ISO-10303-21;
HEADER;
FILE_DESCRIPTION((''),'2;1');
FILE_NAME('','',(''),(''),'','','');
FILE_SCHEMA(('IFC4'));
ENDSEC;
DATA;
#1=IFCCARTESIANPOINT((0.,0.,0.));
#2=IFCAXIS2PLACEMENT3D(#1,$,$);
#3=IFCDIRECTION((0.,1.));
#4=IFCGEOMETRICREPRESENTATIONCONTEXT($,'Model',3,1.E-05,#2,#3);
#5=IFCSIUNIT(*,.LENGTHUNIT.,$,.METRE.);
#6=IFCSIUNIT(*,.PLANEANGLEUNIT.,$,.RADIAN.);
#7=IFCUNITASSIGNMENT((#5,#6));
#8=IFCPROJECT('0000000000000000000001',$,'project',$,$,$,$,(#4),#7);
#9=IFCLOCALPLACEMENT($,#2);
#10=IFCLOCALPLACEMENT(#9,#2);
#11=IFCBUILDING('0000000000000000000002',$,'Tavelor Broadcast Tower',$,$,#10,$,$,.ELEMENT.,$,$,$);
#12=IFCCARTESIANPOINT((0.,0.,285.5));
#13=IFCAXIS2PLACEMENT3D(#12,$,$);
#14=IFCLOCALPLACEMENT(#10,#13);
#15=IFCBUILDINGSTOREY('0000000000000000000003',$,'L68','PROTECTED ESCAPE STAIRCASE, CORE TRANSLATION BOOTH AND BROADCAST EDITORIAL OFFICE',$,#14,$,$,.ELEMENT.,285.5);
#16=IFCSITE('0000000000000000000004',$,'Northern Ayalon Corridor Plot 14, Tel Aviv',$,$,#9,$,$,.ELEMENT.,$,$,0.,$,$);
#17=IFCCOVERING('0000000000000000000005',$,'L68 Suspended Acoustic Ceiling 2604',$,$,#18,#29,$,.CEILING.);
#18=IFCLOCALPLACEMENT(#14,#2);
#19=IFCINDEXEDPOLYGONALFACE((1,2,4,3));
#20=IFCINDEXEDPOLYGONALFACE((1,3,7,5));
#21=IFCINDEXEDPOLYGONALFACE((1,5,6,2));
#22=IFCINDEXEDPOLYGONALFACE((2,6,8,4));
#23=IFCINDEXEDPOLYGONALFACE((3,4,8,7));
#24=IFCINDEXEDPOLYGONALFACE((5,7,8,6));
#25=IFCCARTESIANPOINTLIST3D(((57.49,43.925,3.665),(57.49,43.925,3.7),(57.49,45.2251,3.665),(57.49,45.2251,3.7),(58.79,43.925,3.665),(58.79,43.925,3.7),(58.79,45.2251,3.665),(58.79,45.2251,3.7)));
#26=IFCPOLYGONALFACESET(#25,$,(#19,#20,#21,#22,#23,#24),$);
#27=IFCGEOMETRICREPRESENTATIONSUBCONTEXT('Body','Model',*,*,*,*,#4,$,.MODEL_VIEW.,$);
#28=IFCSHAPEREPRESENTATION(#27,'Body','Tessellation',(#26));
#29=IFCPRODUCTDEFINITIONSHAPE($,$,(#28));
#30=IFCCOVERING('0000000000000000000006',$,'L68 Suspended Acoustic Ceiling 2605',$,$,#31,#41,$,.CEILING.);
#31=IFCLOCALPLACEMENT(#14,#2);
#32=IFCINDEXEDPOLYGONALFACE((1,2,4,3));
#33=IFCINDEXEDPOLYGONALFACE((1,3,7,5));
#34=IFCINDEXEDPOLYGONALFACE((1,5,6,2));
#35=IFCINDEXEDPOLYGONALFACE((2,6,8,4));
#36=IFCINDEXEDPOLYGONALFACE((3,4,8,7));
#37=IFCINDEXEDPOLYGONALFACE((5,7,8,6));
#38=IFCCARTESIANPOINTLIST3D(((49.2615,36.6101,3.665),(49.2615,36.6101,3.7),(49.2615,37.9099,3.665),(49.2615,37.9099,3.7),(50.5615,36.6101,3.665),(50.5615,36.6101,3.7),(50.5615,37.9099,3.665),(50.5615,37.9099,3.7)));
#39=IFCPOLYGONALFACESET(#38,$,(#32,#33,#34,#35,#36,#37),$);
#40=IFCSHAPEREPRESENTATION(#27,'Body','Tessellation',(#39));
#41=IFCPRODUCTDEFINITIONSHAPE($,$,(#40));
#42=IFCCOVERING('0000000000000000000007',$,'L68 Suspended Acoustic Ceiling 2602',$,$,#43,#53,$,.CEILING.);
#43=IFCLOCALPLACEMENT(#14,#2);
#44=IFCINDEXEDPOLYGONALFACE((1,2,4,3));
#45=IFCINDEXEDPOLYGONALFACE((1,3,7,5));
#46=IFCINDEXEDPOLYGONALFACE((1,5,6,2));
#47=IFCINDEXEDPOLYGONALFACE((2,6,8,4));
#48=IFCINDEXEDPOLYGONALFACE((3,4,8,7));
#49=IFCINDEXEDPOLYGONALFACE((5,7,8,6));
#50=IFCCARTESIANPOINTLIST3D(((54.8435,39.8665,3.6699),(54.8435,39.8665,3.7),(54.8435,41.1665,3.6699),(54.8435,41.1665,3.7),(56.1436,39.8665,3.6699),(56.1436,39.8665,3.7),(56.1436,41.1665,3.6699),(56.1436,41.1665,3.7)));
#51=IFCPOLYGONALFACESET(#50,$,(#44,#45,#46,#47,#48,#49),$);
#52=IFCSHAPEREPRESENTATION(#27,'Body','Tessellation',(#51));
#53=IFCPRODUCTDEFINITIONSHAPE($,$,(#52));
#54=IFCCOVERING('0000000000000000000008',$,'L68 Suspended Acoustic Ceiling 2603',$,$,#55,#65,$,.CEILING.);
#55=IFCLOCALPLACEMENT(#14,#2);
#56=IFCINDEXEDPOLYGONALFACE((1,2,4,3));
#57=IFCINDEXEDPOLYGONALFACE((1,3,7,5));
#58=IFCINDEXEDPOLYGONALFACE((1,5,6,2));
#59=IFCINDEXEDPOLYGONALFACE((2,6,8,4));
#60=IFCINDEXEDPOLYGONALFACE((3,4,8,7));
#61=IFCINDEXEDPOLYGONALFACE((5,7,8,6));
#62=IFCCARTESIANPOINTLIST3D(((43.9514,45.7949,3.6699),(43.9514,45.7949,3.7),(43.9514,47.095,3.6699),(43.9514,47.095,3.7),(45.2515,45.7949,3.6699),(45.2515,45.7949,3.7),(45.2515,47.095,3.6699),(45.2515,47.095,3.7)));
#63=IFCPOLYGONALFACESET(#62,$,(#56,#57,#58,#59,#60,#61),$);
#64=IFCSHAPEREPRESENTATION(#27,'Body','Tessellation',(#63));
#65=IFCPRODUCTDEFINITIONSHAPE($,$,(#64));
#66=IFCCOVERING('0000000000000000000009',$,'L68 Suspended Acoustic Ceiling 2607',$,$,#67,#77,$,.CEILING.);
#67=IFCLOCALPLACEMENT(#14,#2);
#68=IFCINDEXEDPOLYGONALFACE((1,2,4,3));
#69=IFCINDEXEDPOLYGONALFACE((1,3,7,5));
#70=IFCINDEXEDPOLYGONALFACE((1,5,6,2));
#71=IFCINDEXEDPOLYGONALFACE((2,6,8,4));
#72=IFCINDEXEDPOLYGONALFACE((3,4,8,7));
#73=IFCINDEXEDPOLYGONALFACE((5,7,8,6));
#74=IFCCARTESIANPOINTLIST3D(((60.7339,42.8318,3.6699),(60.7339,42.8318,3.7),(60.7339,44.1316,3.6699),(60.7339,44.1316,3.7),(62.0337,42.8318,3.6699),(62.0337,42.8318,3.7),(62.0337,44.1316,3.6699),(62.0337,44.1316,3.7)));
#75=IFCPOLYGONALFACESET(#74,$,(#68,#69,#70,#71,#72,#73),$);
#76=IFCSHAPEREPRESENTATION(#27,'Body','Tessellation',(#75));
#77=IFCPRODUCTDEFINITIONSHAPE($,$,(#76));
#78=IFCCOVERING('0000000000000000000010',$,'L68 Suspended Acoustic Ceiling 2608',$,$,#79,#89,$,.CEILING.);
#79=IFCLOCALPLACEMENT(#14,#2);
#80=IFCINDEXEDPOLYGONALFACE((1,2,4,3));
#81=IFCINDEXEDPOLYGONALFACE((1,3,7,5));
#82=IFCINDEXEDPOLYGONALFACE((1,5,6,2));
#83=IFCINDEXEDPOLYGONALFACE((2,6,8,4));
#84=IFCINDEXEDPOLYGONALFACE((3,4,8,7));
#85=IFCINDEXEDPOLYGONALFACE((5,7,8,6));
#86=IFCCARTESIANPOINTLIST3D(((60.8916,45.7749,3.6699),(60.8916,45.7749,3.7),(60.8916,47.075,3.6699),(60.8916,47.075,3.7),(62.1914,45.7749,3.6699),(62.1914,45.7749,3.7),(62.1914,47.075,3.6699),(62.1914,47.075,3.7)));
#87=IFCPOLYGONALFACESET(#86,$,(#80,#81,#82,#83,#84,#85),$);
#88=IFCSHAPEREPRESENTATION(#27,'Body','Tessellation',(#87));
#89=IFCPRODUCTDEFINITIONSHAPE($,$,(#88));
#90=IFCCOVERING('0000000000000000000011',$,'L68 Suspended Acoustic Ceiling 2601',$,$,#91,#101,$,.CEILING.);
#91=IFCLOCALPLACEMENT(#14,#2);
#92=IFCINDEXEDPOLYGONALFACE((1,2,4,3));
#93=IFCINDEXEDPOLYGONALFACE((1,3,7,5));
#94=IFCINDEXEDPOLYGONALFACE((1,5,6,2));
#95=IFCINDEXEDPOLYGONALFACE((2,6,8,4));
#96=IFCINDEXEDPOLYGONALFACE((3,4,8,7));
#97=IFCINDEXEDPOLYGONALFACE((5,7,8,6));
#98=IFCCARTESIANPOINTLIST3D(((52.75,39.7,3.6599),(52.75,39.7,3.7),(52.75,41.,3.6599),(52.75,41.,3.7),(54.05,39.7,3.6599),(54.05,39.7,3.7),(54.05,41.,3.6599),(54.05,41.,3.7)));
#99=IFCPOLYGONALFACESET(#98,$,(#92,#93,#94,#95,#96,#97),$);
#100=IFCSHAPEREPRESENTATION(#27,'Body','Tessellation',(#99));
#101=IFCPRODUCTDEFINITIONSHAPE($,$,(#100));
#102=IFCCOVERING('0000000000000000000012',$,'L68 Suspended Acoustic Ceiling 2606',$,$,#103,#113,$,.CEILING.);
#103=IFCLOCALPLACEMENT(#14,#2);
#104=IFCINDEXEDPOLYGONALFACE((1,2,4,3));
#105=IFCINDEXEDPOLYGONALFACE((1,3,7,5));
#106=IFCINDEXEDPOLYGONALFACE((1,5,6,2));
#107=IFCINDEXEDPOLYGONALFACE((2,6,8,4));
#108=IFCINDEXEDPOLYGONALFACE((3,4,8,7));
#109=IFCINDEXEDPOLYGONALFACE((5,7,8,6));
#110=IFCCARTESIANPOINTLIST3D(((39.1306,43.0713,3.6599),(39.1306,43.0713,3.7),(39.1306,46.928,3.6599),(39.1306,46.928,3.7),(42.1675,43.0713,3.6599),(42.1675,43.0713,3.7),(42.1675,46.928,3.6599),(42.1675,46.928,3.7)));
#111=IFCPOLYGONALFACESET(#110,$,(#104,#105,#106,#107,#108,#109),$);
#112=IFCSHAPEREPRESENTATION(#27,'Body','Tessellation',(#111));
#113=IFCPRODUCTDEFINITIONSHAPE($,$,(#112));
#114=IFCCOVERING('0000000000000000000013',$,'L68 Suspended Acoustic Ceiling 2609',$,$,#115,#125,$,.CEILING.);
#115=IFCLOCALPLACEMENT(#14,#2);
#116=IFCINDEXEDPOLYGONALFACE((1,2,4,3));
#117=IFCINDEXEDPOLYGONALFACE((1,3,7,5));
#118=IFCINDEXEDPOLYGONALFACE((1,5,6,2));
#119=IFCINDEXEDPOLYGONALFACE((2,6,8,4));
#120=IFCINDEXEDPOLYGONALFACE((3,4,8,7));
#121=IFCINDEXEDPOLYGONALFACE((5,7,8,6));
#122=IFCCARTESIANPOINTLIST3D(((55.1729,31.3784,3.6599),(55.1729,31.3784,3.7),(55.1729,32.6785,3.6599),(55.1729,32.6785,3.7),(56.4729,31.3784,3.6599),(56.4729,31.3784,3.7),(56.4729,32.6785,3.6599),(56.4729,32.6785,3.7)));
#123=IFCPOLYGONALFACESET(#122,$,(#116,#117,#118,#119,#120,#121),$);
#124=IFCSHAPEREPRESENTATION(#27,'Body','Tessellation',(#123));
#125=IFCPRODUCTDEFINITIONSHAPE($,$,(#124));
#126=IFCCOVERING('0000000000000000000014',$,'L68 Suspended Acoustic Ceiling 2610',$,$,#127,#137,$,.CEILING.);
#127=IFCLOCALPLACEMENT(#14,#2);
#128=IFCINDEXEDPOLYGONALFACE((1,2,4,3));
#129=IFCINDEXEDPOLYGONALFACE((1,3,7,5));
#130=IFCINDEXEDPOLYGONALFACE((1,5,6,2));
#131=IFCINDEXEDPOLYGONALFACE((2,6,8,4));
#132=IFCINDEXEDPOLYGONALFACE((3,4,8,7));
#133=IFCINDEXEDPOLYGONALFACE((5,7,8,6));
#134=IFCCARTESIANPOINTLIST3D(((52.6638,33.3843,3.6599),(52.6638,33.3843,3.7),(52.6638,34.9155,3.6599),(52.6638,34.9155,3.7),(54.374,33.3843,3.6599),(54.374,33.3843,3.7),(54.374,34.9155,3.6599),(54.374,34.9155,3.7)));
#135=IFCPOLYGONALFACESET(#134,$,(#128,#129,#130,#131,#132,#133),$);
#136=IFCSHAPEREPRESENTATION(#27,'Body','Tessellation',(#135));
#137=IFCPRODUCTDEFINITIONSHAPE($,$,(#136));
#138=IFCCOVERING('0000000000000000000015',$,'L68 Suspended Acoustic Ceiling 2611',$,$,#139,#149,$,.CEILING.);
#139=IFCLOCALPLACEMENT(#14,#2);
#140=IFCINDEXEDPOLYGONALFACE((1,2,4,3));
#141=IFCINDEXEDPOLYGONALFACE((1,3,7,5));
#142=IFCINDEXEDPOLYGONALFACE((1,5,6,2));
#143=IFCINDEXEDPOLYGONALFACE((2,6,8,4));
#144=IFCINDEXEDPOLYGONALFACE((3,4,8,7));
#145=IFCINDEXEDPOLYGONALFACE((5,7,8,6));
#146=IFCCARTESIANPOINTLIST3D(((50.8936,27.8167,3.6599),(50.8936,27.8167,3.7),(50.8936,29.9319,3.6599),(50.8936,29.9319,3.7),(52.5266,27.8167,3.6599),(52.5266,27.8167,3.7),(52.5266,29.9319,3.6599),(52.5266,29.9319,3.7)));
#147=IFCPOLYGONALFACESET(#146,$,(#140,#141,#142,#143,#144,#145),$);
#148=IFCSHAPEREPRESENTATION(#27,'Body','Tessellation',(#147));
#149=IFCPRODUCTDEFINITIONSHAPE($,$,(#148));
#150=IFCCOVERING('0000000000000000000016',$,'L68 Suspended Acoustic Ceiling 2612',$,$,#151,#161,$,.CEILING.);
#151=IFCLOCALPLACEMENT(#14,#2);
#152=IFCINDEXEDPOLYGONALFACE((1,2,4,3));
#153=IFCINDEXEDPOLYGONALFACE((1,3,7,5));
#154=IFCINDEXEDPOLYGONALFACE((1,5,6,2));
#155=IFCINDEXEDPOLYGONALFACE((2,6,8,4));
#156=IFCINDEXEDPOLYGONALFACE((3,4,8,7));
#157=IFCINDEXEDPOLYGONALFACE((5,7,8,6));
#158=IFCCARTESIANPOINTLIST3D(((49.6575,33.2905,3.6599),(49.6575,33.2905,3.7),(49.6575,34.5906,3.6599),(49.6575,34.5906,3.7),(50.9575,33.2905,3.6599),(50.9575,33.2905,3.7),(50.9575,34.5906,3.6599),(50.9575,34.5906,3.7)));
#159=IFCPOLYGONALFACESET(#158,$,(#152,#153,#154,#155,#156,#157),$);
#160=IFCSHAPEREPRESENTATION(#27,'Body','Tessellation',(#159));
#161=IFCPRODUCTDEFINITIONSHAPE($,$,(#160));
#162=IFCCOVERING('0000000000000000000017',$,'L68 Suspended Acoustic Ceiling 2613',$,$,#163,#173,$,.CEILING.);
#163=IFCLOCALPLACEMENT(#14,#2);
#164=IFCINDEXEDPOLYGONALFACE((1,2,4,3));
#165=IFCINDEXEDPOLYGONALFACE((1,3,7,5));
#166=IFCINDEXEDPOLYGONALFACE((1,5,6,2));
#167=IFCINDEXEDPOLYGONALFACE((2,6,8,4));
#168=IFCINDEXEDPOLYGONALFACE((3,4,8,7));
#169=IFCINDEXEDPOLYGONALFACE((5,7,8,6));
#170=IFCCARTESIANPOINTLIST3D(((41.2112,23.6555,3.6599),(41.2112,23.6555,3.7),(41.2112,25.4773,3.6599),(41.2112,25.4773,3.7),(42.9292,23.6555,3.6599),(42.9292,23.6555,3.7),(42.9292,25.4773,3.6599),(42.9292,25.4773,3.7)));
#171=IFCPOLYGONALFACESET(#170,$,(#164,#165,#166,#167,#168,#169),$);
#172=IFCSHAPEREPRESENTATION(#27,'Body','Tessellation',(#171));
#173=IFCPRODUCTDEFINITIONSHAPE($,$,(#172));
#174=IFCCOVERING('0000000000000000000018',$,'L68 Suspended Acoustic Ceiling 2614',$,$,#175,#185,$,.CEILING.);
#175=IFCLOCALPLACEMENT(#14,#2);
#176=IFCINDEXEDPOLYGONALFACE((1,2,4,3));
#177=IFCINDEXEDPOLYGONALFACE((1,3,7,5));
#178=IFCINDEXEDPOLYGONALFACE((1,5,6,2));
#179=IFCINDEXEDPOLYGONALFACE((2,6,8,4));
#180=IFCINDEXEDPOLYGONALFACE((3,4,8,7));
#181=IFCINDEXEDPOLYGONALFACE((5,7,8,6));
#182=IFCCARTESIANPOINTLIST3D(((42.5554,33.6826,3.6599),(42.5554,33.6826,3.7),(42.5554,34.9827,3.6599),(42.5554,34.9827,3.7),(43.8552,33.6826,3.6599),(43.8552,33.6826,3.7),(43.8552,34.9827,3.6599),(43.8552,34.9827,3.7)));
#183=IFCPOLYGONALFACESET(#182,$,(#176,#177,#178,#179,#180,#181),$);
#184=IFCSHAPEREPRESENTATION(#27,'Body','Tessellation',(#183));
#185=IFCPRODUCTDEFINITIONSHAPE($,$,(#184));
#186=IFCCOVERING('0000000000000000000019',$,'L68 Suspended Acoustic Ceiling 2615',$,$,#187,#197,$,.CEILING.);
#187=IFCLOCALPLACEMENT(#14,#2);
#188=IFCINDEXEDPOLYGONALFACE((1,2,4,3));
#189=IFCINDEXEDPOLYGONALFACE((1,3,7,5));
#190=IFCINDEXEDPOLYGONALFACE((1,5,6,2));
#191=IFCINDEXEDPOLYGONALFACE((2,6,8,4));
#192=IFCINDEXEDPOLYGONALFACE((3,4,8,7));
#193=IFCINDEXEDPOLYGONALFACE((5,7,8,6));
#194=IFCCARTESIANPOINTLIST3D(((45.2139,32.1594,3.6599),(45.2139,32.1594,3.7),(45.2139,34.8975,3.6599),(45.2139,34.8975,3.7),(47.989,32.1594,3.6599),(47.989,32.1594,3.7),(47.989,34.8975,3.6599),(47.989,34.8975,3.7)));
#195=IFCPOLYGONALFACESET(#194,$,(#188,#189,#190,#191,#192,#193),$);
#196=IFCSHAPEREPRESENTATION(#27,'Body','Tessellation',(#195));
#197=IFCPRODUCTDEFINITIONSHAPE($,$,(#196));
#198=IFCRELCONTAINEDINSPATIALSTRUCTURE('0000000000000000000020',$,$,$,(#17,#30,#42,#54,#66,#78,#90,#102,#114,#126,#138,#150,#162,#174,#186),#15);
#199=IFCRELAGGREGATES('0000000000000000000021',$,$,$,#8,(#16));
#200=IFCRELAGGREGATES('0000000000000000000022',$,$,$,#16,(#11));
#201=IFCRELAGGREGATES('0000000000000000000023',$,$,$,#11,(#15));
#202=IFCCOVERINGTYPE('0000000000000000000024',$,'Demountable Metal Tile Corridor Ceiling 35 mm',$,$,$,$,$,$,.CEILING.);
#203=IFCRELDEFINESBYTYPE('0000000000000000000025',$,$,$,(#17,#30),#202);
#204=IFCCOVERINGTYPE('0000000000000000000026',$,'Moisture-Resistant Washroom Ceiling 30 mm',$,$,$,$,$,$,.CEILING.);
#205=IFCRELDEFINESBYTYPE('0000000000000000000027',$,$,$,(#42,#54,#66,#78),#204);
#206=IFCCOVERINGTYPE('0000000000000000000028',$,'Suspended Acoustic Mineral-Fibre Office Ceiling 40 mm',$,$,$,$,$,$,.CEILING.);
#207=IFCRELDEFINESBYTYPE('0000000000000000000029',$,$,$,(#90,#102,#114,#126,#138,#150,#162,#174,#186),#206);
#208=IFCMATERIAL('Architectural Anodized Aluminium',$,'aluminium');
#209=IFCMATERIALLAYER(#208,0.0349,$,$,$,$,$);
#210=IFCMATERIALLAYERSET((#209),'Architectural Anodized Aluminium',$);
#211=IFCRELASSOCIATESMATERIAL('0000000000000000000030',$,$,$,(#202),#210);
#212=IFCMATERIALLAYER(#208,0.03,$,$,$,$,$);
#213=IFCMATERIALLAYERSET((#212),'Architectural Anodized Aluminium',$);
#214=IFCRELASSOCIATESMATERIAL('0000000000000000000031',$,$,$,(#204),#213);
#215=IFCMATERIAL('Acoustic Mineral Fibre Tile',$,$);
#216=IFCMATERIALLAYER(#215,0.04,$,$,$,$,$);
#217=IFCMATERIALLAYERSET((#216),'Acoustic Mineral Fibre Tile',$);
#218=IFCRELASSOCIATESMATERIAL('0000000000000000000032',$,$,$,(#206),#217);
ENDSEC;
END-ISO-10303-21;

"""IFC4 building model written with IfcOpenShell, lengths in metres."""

from ifc_helpers import new_model, si_unit, direction, frame, origin, place, context, subcontext, project, spatial, polyline, outline, extrude, material, layer, layer_set, type_object, element, save


model = new_model("IFC4")

# Units and contexts
model_context = context("Model", 3, precision=1e-05, world=origin(), true_north=direction((0.0, 1.0)))
body_context = subcontext(model_context, "Body", "Model", "MODEL_VIEW")
ifc_project = project(units=[si_unit("LENGTHUNIT", "METRE"), si_unit("PLANEANGLEUNIT", "RADIAN")], contexts=[model_context])

# Site, building, storey
site_placement = place(None, origin())
site = spatial("IfcSite", under=ifc_project, at=site_placement, Name="Northern Ayalon Corridor Plot 14, Tel Aviv", CompositionType="ELEMENT", RefElevation=0.0)
building_placement = place(site_placement, origin())
building = spatial("IfcBuilding", under=site, at=building_placement, Name="Tavelor Broadcast Tower", CompositionType="ELEMENT")
storey_placement = place(building_placement, frame((0.0, 0.0, 285.5)))
storey = spatial("IfcBuildingStorey", under=building, at=storey_placement, Name="L68", Description="PROTECTED ESCAPE STAIRCASE, CORE TRANSLATION BOOTH AND BROADCAST EDITORIAL OFFICE", CompositionType="ELEMENT", Elevation=285.5)

# Coverings
ifc_material_1 = material(Name="Architectural Anodized Aluminium", Category="aluminium")
ifc_layer_1 = layer(ifc_material_1, 0.0349)
ifc_layer_set_1 = layer_set([ifc_layer_1], Name="Architectural Anodized Aluminium")
covering_type_1 = type_object("IfcCoveringType", Name="Demountable Metal Tile Corridor Ceiling 35 mm", PredefinedType="CEILING", material=ifc_layer_set_1)
covering_1_placement = place(storey_placement, frame((0.0, 0.0, 3.665)))
element("IfcCovering", 1, at=covering_1_placement, inside=storey, type_object=covering_type_1, Name="L68 Suspended Acoustic Ceiling 2604", PredefinedType="CEILING", context=body_context, shape_type="SweptSolid", body=[
    extrude(outline(polyline([(57.49, 43.925), (58.79, 43.925), (58.79, 45.2251), (57.49, 45.2251), (57.49, 43.925)])), origin(), (0.0, 0.0, 1.0), 0.0349),
])
covering_2_placement = place(storey_placement, frame((0.0, 0.0, 3.665)))
element("IfcCovering", 2, at=covering_2_placement, inside=storey, type_object=covering_type_1, Name="L68 Suspended Acoustic Ceiling 2605", PredefinedType="CEILING", context=body_context, shape_type="SweptSolid", body=[
    extrude(outline(polyline([(49.2615, 36.6101), (50.5615, 36.6101), (50.5615, 37.9099), (49.2615, 37.9099), (49.2615, 36.6101)])), origin(), (0.0, 0.0, 1.0), 0.0349),
])
ifc_layer_2 = layer(ifc_material_1, 0.03)
ifc_layer_set_2 = layer_set([ifc_layer_2], Name="Architectural Anodized Aluminium")
covering_type_2 = type_object("IfcCoveringType", Name="Moisture-Resistant Washroom Ceiling 30 mm", PredefinedType="CEILING", material=ifc_layer_set_2)
covering_3_placement = place(storey_placement, frame((0.0, 0.0, 3.6699)))
element("IfcCovering", 3, at=covering_3_placement, inside=storey, type_object=covering_type_2, Name="L68 Suspended Acoustic Ceiling 2602", PredefinedType="CEILING", context=body_context, shape_type="SweptSolid", body=[
    extrude(outline(polyline([(54.8435, 39.8665), (56.1436, 39.8665), (56.1436, 41.1665), (54.8435, 41.1665), (54.8435, 39.8665)])), origin(), (0.0, 0.0, 1.0), 0.03),
])
covering_4_placement = place(storey_placement, frame((0.0, 0.0, 3.6699)))
element("IfcCovering", 4, at=covering_4_placement, inside=storey, type_object=covering_type_2, Name="L68 Suspended Acoustic Ceiling 2603", PredefinedType="CEILING", context=body_context, shape_type="SweptSolid", body=[
    extrude(outline(polyline([(43.9514, 45.7949), (45.2515, 45.7949), (45.2515, 47.095), (43.9514, 47.095), (43.9514, 45.7949)])), origin(), (0.0, 0.0, 1.0), 0.03),
])
covering_5_placement = place(storey_placement, frame((0.0, 0.0, 3.6699)))
element("IfcCovering", 5, at=covering_5_placement, inside=storey, type_object=covering_type_2, Name="L68 Suspended Acoustic Ceiling 2607", PredefinedType="CEILING", context=body_context, shape_type="SweptSolid", body=[
    extrude(outline(polyline([(60.7339, 42.8318), (62.0337, 42.8318), (62.0337, 44.1316), (60.7339, 44.1316), (60.7339, 42.8318)])), origin(), (0.0, 0.0, 1.0), 0.03),
])
covering_6_placement = place(storey_placement, frame((0.0, 0.0, 3.6699)))
element("IfcCovering", 6, at=covering_6_placement, inside=storey, type_object=covering_type_2, Name="L68 Suspended Acoustic Ceiling 2608", PredefinedType="CEILING", context=body_context, shape_type="SweptSolid", body=[
    extrude(outline(polyline([(60.8916, 45.7749), (62.1914, 45.7749), (62.1914, 47.075), (60.8916, 47.075), (60.8916, 45.7749)])), origin(), (0.0, 0.0, 1.0), 0.03),
])
ifc_material_2 = material(Name="Acoustic Mineral Fibre Tile")
ifc_layer_3 = layer(ifc_material_2, 0.04)
ifc_layer_set_3 = layer_set([ifc_layer_3], Name="Acoustic Mineral Fibre Tile")
covering_type_3 = type_object("IfcCoveringType", Name="Suspended Acoustic Mineral-Fibre Office Ceiling 40 mm", PredefinedType="CEILING", material=ifc_layer_set_3)
covering_7_placement = place(storey_placement, frame((0.0, 0.0, 3.6599)))
element("IfcCovering", 7, at=covering_7_placement, inside=storey, type_object=covering_type_3, Name="L68 Suspended Acoustic Ceiling 2601", PredefinedType="CEILING", context=body_context, shape_type="SweptSolid", body=[
    extrude(outline(polyline([(52.75, 39.7), (54.05, 39.7), (54.05, 41.0), (52.75, 41.0), (52.75, 39.7)])), origin(), (0.0, 0.0, 1.0), 0.04),
])
covering_8_placement = place(storey_placement, frame((0.0, 0.0, 3.6599)))
element("IfcCovering", 8, at=covering_8_placement, inside=storey, type_object=covering_type_3, Name="L68 Suspended Acoustic Ceiling 2606", PredefinedType="CEILING", context=body_context, shape_type="SweptSolid", body=[
    extrude(outline(polyline([(39.1306, 43.0713), (42.1675, 43.0713), (42.1675, 46.928), (39.1306, 46.928), (39.1306, 43.0713)])), origin(), (0.0, 0.0, 1.0), 0.04),
])
covering_9_placement = place(storey_placement, frame((0.0, 0.0, 3.6599)))
element("IfcCovering", 9, at=covering_9_placement, inside=storey, type_object=covering_type_3, Name="L68 Suspended Acoustic Ceiling 2609", PredefinedType="CEILING", context=body_context, shape_type="SweptSolid", body=[
    extrude(outline(polyline([(55.1729, 31.3784), (56.4729, 31.3784), (56.4729, 32.6785), (55.1729, 32.6785), (55.1729, 31.3784)])), origin(), (0.0, 0.0, 1.0), 0.04),
])
covering_10_placement = place(storey_placement, frame((0.0, 0.0, 3.6599)))
element("IfcCovering", 10, at=covering_10_placement, inside=storey, type_object=covering_type_3, Name="L68 Suspended Acoustic Ceiling 2610", PredefinedType="CEILING", context=body_context, shape_type="SweptSolid", body=[
    extrude(outline(polyline([(52.6638, 33.3843), (54.374, 33.3843), (54.374, 34.9155), (52.6638, 34.9155), (52.6638, 33.3843)])), origin(), (0.0, 0.0, 1.0), 0.04),
])
covering_11_placement = place(storey_placement, frame((0.0, 0.0, 3.6599)))
element("IfcCovering", 11, at=covering_11_placement, inside=storey, type_object=covering_type_3, Name="L68 Suspended Acoustic Ceiling 2611", PredefinedType="CEILING", context=body_context, shape_type="SweptSolid", body=[
    extrude(outline(polyline([(50.8936, 27.8167), (52.5266, 27.8167), (52.5266, 29.9319), (50.8936, 29.9319), (50.8936, 27.8167)])), origin(), (0.0, 0.0, 1.0), 0.04),
])
covering_12_placement = place(storey_placement, frame((0.0, 0.0, 3.6599)))
element("IfcCovering", 12, at=covering_12_placement, inside=storey, type_object=covering_type_3, Name="L68 Suspended Acoustic Ceiling 2612", PredefinedType="CEILING", context=body_context, shape_type="SweptSolid", body=[
    extrude(outline(polyline([(49.6575, 33.2905), (50.9575, 33.2905), (50.9575, 34.5906), (49.6575, 34.5906), (49.6575, 33.2905)])), origin(), (0.0, 0.0, 1.0), 0.04),
])
covering_13_placement = place(storey_placement, frame((0.0, 0.0, 3.6599)))
element("IfcCovering", 13, at=covering_13_placement, inside=storey, type_object=covering_type_3, Name="L68 Suspended Acoustic Ceiling 2613", PredefinedType="CEILING", context=body_context, shape_type="SweptSolid", body=[
    extrude(outline(polyline([(41.2112, 23.6555), (42.9292, 23.6555), (42.9292, 25.4773), (41.2112, 25.4773), (41.2112, 23.6555)])), origin(), (0.0, 0.0, 1.0), 0.04),
])
covering_14_placement = place(storey_placement, frame((0.0, 0.0, 3.6599)))
element("IfcCovering", 14, at=covering_14_placement, inside=storey, type_object=covering_type_3, Name="L68 Suspended Acoustic Ceiling 2614", PredefinedType="CEILING", context=body_context, shape_type="SweptSolid", body=[
    extrude(outline(polyline([(42.5554, 33.6826), (43.8552, 33.6826), (43.8552, 34.9827), (42.5554, 34.9827), (42.5554, 33.6826)])), origin(), (0.0, 0.0, 1.0), 0.04),
])
covering_15_placement = place(storey_placement, frame((0.0, 0.0, 3.6599)))
element("IfcCovering", 15, at=covering_15_placement, inside=storey, type_object=covering_type_3, Name="L68 Suspended Acoustic Ceiling 2615", PredefinedType="CEILING", context=body_context, shape_type="SweptSolid", body=[
    extrude(outline(polyline([(45.2139, 32.1594), (47.989, 32.1594), (47.989, 34.8975), (45.2139, 34.8975), (45.2139, 32.1594)])), origin(), (0.0, 0.0, 1.0), 0.04),
])

save(model, "model.ifc")
